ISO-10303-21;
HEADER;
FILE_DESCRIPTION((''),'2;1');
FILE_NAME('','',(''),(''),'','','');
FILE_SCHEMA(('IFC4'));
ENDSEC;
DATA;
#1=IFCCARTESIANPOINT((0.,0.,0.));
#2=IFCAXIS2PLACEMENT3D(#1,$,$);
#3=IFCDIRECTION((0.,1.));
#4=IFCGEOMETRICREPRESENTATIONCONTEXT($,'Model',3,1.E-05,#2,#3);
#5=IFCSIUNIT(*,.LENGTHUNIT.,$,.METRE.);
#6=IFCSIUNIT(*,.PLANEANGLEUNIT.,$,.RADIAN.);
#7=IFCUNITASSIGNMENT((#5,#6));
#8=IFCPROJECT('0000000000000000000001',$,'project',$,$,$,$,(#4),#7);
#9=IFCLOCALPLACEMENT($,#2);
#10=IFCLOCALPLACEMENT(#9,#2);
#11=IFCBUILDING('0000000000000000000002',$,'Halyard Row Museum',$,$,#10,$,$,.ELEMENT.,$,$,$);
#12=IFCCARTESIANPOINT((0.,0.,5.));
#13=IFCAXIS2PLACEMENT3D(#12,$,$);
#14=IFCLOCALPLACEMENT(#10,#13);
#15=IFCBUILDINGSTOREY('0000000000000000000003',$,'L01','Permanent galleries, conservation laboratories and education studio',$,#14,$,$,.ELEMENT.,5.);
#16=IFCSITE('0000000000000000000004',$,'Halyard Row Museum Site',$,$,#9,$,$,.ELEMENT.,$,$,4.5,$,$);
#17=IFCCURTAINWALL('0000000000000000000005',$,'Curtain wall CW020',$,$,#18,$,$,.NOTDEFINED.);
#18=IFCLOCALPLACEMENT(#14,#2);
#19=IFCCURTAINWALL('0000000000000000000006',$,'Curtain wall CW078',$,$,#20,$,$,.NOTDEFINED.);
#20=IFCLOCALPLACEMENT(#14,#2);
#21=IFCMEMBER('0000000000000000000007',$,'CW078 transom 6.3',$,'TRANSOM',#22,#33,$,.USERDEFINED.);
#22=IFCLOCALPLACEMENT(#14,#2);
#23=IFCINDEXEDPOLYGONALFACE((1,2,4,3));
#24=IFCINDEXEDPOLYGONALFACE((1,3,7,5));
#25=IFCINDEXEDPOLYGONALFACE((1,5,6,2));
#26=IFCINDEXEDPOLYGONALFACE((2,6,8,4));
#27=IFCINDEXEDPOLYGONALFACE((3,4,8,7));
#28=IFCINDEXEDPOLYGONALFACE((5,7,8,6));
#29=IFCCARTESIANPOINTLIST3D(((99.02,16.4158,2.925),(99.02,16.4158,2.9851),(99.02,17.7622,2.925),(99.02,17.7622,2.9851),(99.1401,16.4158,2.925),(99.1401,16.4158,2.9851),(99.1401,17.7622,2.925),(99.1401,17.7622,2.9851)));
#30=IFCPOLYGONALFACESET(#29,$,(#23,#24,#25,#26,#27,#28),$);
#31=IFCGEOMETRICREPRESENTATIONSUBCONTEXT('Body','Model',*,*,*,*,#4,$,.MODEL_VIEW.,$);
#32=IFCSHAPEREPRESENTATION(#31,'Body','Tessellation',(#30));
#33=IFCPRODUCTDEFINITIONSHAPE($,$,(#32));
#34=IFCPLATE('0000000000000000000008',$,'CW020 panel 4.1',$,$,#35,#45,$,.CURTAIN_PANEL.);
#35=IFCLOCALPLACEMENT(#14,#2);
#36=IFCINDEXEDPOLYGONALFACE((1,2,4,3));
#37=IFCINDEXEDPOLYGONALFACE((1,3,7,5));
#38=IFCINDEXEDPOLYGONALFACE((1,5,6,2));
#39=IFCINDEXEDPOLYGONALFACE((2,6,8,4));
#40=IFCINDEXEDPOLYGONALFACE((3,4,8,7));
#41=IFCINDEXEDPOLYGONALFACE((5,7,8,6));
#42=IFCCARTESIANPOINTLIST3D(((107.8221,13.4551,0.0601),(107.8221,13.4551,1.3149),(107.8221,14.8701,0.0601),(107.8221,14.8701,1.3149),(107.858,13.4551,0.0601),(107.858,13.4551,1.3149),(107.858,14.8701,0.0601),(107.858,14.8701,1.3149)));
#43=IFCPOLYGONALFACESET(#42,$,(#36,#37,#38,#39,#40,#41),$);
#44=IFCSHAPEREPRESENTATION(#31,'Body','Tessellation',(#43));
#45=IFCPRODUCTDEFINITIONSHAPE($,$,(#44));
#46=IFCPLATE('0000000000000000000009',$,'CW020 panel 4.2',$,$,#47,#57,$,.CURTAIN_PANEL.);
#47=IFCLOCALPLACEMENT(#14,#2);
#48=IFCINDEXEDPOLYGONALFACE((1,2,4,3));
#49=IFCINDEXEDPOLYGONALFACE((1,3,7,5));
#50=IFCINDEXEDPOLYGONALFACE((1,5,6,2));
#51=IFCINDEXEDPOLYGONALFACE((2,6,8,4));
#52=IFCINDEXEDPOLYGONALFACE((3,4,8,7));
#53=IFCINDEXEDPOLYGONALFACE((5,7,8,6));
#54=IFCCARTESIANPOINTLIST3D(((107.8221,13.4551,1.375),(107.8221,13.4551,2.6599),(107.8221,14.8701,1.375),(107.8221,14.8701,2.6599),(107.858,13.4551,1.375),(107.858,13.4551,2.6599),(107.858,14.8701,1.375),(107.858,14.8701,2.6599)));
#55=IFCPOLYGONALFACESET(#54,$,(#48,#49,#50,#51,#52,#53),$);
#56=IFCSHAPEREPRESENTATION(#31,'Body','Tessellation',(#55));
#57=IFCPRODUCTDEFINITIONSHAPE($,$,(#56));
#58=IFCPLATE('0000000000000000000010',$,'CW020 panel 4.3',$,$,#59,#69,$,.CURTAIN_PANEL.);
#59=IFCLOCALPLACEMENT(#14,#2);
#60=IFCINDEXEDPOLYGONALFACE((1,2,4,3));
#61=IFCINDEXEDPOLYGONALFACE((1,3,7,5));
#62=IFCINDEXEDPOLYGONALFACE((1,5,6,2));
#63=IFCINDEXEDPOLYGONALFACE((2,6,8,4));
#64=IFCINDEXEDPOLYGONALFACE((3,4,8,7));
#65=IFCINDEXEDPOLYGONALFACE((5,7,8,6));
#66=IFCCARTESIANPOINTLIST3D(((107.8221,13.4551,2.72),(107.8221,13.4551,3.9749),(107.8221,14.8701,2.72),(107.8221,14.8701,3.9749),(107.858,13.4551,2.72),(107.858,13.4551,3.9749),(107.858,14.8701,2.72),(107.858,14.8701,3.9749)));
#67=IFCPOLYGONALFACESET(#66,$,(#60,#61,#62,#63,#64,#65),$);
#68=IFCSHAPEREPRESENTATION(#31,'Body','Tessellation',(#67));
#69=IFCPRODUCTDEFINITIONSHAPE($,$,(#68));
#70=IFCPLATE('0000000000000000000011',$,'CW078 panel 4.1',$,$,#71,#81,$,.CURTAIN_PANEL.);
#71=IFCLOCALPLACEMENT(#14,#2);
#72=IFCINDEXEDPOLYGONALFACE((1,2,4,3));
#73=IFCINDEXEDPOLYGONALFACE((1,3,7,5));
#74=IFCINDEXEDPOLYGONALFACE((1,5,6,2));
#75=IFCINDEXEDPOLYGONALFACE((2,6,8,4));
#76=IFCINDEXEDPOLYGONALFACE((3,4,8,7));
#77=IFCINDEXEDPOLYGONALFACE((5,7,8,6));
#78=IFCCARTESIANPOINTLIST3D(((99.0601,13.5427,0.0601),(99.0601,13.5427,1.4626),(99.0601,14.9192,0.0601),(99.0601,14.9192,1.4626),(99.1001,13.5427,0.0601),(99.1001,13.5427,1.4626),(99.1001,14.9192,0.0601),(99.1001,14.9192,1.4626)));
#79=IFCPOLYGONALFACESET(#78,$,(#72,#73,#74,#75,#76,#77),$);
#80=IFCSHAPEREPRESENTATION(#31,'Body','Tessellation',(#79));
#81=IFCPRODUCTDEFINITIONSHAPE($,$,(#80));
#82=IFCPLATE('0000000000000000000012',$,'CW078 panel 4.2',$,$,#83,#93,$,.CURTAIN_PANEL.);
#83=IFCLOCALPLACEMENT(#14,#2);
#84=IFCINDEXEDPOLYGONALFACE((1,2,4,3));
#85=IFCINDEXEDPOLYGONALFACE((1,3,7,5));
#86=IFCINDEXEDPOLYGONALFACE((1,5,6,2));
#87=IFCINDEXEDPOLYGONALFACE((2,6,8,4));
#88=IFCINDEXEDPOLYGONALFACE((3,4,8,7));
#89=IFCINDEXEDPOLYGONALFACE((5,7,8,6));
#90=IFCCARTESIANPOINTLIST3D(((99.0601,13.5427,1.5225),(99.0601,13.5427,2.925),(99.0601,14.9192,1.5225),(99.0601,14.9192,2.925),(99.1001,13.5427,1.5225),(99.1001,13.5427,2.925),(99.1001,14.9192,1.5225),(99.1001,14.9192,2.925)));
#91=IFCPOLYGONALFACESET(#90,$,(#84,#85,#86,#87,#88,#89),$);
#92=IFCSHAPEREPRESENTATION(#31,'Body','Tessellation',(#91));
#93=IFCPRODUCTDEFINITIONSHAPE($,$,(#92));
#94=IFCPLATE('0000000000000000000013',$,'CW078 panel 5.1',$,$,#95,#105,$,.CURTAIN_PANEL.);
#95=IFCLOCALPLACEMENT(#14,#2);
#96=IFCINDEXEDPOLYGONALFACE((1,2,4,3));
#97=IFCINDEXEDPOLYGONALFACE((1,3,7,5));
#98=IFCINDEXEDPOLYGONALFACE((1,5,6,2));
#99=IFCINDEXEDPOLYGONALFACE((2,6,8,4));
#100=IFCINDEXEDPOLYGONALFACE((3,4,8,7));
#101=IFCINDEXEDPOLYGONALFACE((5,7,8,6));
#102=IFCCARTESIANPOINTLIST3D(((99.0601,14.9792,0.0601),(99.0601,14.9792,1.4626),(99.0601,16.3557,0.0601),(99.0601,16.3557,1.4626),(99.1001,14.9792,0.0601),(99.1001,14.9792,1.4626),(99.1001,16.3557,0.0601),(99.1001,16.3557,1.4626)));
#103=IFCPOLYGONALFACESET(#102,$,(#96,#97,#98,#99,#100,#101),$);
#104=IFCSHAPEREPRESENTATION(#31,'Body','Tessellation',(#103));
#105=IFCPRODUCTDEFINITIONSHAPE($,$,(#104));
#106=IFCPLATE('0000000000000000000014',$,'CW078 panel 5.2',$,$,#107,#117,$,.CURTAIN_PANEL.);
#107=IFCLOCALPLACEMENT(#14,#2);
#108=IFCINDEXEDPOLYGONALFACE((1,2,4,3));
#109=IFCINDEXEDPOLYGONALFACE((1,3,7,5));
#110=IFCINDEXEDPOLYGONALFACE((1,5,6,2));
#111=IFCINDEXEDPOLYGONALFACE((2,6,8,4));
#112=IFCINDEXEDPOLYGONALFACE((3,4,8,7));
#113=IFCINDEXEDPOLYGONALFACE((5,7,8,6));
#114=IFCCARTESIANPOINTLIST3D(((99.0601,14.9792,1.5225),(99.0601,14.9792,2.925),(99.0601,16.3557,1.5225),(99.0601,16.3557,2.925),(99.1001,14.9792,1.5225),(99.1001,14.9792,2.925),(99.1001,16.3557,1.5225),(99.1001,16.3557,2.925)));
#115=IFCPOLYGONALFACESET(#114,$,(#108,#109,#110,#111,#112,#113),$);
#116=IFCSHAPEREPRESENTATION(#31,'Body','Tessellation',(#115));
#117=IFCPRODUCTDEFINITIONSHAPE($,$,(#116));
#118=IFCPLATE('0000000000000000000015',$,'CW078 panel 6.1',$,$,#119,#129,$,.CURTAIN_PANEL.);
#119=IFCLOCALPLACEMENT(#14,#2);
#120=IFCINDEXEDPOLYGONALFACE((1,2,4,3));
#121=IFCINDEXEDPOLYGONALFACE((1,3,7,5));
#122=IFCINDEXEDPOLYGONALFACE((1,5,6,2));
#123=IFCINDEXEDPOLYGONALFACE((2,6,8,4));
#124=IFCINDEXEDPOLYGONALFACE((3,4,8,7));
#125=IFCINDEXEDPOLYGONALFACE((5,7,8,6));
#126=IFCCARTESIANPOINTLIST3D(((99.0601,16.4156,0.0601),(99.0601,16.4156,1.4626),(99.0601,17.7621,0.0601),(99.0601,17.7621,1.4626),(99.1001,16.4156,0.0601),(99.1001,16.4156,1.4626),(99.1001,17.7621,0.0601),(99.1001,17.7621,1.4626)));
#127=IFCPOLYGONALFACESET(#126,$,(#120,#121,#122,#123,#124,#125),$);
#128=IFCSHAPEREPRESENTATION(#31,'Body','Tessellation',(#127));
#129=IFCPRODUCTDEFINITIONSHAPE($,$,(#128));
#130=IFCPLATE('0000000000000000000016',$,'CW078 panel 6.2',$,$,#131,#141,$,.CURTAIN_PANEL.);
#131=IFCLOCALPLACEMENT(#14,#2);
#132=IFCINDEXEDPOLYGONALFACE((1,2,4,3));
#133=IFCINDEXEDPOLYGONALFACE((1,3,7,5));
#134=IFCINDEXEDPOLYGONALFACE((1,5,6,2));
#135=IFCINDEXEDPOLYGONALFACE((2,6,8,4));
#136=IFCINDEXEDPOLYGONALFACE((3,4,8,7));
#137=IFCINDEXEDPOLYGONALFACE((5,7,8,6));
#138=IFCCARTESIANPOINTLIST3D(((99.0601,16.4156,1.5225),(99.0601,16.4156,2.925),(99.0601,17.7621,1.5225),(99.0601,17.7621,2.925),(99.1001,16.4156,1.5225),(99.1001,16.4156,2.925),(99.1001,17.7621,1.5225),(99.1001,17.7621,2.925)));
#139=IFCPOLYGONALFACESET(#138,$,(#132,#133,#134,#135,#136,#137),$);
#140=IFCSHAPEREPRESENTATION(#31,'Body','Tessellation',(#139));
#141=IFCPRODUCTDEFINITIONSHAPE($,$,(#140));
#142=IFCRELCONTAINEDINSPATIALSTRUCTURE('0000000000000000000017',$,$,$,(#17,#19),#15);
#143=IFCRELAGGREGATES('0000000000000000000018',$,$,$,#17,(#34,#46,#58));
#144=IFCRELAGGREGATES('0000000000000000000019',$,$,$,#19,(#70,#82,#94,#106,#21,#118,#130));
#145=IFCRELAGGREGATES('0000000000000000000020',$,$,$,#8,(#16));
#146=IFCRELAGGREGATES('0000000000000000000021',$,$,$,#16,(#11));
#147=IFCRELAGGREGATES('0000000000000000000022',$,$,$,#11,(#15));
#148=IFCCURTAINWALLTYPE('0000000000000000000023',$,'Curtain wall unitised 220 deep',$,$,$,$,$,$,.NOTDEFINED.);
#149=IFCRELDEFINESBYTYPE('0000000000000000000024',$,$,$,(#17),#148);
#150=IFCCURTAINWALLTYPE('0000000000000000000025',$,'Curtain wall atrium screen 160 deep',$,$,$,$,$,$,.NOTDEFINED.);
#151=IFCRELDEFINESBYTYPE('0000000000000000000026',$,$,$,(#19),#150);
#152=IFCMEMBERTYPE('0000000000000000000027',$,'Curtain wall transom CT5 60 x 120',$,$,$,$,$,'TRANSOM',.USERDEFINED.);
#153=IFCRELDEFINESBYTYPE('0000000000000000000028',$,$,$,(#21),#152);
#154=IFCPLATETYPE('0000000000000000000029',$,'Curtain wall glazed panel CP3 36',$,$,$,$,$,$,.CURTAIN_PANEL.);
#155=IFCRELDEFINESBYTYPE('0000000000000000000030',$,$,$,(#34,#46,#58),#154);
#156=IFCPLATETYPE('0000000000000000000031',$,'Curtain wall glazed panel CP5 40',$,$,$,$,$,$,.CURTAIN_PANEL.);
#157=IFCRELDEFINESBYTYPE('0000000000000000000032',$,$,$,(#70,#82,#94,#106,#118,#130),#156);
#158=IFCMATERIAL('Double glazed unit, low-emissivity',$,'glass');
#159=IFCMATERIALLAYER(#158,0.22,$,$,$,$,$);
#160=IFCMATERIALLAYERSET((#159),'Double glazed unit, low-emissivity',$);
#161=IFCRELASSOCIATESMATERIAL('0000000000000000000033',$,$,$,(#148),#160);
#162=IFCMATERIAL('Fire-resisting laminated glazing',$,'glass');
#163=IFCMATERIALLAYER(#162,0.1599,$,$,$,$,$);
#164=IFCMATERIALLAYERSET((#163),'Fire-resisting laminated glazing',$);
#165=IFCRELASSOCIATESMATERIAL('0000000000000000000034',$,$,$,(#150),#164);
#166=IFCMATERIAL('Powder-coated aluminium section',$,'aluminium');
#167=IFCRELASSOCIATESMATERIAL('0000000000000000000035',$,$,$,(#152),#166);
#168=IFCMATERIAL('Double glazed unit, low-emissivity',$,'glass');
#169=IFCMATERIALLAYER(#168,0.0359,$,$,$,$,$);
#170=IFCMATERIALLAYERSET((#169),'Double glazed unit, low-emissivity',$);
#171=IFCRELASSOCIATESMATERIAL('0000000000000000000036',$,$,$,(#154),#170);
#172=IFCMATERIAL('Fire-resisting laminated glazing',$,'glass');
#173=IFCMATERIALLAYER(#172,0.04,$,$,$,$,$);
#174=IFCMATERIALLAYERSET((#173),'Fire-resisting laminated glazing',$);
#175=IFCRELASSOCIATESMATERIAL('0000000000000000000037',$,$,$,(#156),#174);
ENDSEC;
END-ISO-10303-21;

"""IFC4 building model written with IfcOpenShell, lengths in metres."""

from ifc_helpers import new_model, si_unit, direction, frame, origin, origin_2d, place, context, subcontext, project, spatial, rectangle, extrude, material, layer, layer_set, material_profile, profile_set, type_object, element, aggregate, save


model = new_model("IFC4")

# Units and contexts
model_context = context("Model", 3, precision=1e-05, world=origin(), true_north=direction((0.0, 1.0)))
body_context = subcontext(model_context, "Body", "Model", "MODEL_VIEW")
ifc_project = project(units=[si_unit("LENGTHUNIT", "METRE"), si_unit("PLANEANGLEUNIT", "RADIAN")], contexts=[model_context])

# Site, building, storey
site_placement = place(None, origin())
site = spatial("IfcSite", under=ifc_project, at=site_placement, Name="Halyard Row Museum Site", CompositionType="ELEMENT", RefElevation=4.5)
building_placement = place(site_placement, origin())
building = spatial("IfcBuilding", under=site, at=building_placement, Name="Halyard Row Museum", CompositionType="ELEMENT")
storey_placement = place(building_placement, frame((0.0, 0.0, 5.0)))
storey = spatial("IfcBuildingStorey", under=building, at=storey_placement, Name="L01", Description="Permanent galleries, conservation laboratories and education studio", CompositionType="ELEMENT", Elevation=5.0)

# Curtain wall
ifc_material_1 = material(Name="Double glazed unit, low-emissivity", Category="glass")
ifc_layer_1 = layer(ifc_material_1, 0.22)
ifc_layer_set_1 = layer_set([ifc_layer_1], Name="Double glazed unit, low-emissivity")
curtain_wall_type_1 = type_object("IfcCurtainWallType", Name="Curtain wall unitised 220 deep", PredefinedType="NOTDEFINED", material=ifc_layer_set_1)
curtain_wall_1_placement = place(storey_placement, origin())
curtain_wall_1 = element("IfcCurtainWall", 1, at=curtain_wall_1_placement, inside=storey, type_object=curtain_wall_type_1, Name="Curtain wall CW020", PredefinedType="NOTDEFINED")

# Curtain wall
ifc_material_2 = material(Name="Fire-resisting laminated glazing", Category="glass")
ifc_layer_2 = layer(ifc_material_2, 0.1599)
ifc_layer_set_2 = layer_set([ifc_layer_2], Name="Fire-resisting laminated glazing")
curtain_wall_type_2 = type_object("IfcCurtainWallType", Name="Curtain wall atrium screen 160 deep", PredefinedType="NOTDEFINED", material=ifc_layer_set_2)
curtain_wall_2_placement = place(storey_placement, origin())
curtain_wall_2 = element("IfcCurtainWall", 2, at=curtain_wall_2_placement, inside=storey, type_object=curtain_wall_type_2, Name="Curtain wall CW078", PredefinedType="NOTDEFINED")

# Member
ifc_material_3 = material(Name="Powder-coated aluminium section", Category="aluminium")
ifc_material_profile_1 = material_profile(ifc_material_3, rectangle(XDim=0.1201, YDim=0.0601, at=origin_2d()), Name="120x60 transom")
ifc_profile_set_1 = profile_set([ifc_material_profile_1], Name="Powder-coated aluminium section")
member_type_1 = type_object("IfcMemberType", Name="Curtain wall transom CT5 60 x 120", ElementType="TRANSOM", PredefinedType="USERDEFINED", material=ifc_profile_set_1)
member_1_placement = place(storey_placement, frame((99.0801, 16.4158, 2.9551), z_axis=(0.0, 1.0, 0.0), x_axis=(-1.0, 0.0, 0.0)))
member_1 = element("IfcMember", 3, at=member_1_placement, type_object=member_type_1, Name="CW078 transom 6.3", ObjectType="TRANSOM", PredefinedType="USERDEFINED", context=body_context, shape_type="SweptSolid", body=[
    extrude(rectangle(XDim=0.1201, YDim=0.0601, at=origin_2d()), origin(), (0.0, 0.0, 1.0), 1.3464),
])

# Plates
ifc_material_4 = material(Name="Double glazed unit, low-emissivity", Category="glass")
ifc_layer_3 = layer(ifc_material_4, 0.0359)
ifc_layer_set_3 = layer_set([ifc_layer_3], Name="Double glazed unit, low-emissivity")
plate_type_1 = type_object("IfcPlateType", Name="Curtain wall glazed panel CP3 36", PredefinedType="CURTAIN_PANEL", material=ifc_layer_set_3)
plate_1_placement = place(storey_placement, frame((107.8401, 14.1626, 0.0601), z_axis=(0.0, 0.0, 1.0), x_axis=(0.0, 1.0, 0.0)))
plate_1 = element("IfcPlate", 4, at=plate_1_placement, type_object=plate_type_1, Name="CW020 panel 4.1", PredefinedType="CURTAIN_PANEL", context=body_context, shape_type="SweptSolid", body=[
    extrude(rectangle(XDim=1.415, YDim=0.0359, at=origin_2d()), origin(), (0.0, 0.0, 1.0), 1.2549),
])
plate_2_placement = place(storey_placement, frame((107.8401, 14.1626, 1.375), z_axis=(0.0, 0.0, 1.0), x_axis=(0.0, 1.0, 0.0)))
plate_2 = element("IfcPlate", 5, at=plate_2_placement, type_object=plate_type_1, Name="CW020 panel 4.2", PredefinedType="CURTAIN_PANEL", context=body_context, shape_type="SweptSolid", body=[
    extrude(rectangle(XDim=1.415, YDim=0.0359, at=origin_2d()), origin(), (0.0, 0.0, 1.0), 1.2849),
])
plate_3_placement = place(storey_placement, frame((107.8401, 14.1626, 2.72), z_axis=(0.0, 0.0, 1.0), x_axis=(0.0, 1.0, 0.0)))
plate_3 = element("IfcPlate", 6, at=plate_3_placement, type_object=plate_type_1, Name="CW020 panel 4.3", PredefinedType="CURTAIN_PANEL", context=body_context, shape_type="SweptSolid", body=[
    extrude(rectangle(XDim=1.415, YDim=0.0359, at=origin_2d()), origin(), (0.0, 0.0, 1.0), 1.2549),
])
aggregate(curtain_wall_1, [plate_1, plate_2, plate_3])
ifc_material_5 = material(Name="Fire-resisting laminated glazing", Category="glass")
ifc_layer_4 = layer(ifc_material_5, 0.04)
ifc_layer_set_4 = layer_set([ifc_layer_4], Name="Fire-resisting laminated glazing")
plate_type_2 = type_object("IfcPlateType", Name="Curtain wall glazed panel CP5 40", PredefinedType="CURTAIN_PANEL", material=ifc_layer_set_4)
plate_4_placement = place(storey_placement, frame((99.0801, 14.231, 0.0601), z_axis=(0.0, 0.0, 1.0), x_axis=(0.0, 1.0, 0.0)))
plate_4 = element("IfcPlate", 7, at=plate_4_placement, type_object=plate_type_2, Name="CW078 panel 4.1", PredefinedType="CURTAIN_PANEL", context=body_context, shape_type="SweptSolid", body=[
    extrude(rectangle(XDim=1.3765, YDim=0.04, at=origin_2d()), origin(), (0.0, 0.0, 1.0), 1.4026),
])
plate_5_placement = place(storey_placement, frame((99.0801, 14.231, 1.5225), z_axis=(0.0, 0.0, 1.0), x_axis=(0.0, 1.0, 0.0)))
plate_5 = element("IfcPlate", 8, at=plate_5_placement, type_object=plate_type_2, Name="CW078 panel 4.2", PredefinedType="CURTAIN_PANEL", context=body_context, shape_type="SweptSolid", body=[
    extrude(rectangle(XDim=1.3765, YDim=0.04, at=origin_2d()), origin(), (0.0, 0.0, 1.0), 1.4026),
])
plate_6_placement = place(storey_placement, frame((99.0801, 15.6675, 0.0601), z_axis=(0.0, 0.0, 1.0), x_axis=(0.0, 1.0, 0.0)))
plate_6 = element("IfcPlate", 9, at=plate_6_placement, type_object=plate_type_2, Name="CW078 panel 5.1", PredefinedType="CURTAIN_PANEL", context=body_context, shape_type="SweptSolid", body=[
    extrude(rectangle(XDim=1.3765, YDim=0.04, at=origin_2d()), origin(), (0.0, 0.0, 1.0), 1.4026),
])
plate_7_placement = place(storey_placement, frame((99.0801, 15.6675, 1.5225), z_axis=(0.0, 0.0, 1.0), x_axis=(0.0, 1.0, 0.0)))
plate_7 = element("IfcPlate", 10, at=plate_7_placement, type_object=plate_type_2, Name="CW078 panel 5.2", PredefinedType="CURTAIN_PANEL", context=body_context, shape_type="SweptSolid", body=[
    extrude(rectangle(XDim=1.3765, YDim=0.04, at=origin_2d()), origin(), (0.0, 0.0, 1.0), 1.4026),
])
plate_8_placement = place(storey_placement, frame((99.0801, 17.0889, 0.0601), z_axis=(0.0, 0.0, 1.0), x_axis=(0.0, 1.0, 0.0)))
plate_8 = element("IfcPlate", 11, at=plate_8_placement, type_object=plate_type_2, Name="CW078 panel 6.1", PredefinedType="CURTAIN_PANEL", context=body_context, shape_type="SweptSolid", body=[
    extrude(rectangle(XDim=1.3464, YDim=0.04, at=origin_2d()), origin(), (0.0, 0.0, 1.0), 1.4026),
])
plate_9_placement = place(storey_placement, frame((99.0801, 17.0889, 1.5225), z_axis=(0.0, 0.0, 1.0), x_axis=(0.0, 1.0, 0.0)))
plate_9 = element("IfcPlate", 12, at=plate_9_placement, type_object=plate_type_2, Name="CW078 panel 6.2", PredefinedType="CURTAIN_PANEL", context=body_context, shape_type="SweptSolid", body=[
    extrude(rectangle(XDim=1.3464, YDim=0.04, at=origin_2d()), origin(), (0.0, 0.0, 1.0), 1.4026),
])
aggregate(curtain_wall_2, [plate_4, plate_5, plate_6, plate_7, member_1, plate_8, plate_9])

save(model, "model.ifc")
